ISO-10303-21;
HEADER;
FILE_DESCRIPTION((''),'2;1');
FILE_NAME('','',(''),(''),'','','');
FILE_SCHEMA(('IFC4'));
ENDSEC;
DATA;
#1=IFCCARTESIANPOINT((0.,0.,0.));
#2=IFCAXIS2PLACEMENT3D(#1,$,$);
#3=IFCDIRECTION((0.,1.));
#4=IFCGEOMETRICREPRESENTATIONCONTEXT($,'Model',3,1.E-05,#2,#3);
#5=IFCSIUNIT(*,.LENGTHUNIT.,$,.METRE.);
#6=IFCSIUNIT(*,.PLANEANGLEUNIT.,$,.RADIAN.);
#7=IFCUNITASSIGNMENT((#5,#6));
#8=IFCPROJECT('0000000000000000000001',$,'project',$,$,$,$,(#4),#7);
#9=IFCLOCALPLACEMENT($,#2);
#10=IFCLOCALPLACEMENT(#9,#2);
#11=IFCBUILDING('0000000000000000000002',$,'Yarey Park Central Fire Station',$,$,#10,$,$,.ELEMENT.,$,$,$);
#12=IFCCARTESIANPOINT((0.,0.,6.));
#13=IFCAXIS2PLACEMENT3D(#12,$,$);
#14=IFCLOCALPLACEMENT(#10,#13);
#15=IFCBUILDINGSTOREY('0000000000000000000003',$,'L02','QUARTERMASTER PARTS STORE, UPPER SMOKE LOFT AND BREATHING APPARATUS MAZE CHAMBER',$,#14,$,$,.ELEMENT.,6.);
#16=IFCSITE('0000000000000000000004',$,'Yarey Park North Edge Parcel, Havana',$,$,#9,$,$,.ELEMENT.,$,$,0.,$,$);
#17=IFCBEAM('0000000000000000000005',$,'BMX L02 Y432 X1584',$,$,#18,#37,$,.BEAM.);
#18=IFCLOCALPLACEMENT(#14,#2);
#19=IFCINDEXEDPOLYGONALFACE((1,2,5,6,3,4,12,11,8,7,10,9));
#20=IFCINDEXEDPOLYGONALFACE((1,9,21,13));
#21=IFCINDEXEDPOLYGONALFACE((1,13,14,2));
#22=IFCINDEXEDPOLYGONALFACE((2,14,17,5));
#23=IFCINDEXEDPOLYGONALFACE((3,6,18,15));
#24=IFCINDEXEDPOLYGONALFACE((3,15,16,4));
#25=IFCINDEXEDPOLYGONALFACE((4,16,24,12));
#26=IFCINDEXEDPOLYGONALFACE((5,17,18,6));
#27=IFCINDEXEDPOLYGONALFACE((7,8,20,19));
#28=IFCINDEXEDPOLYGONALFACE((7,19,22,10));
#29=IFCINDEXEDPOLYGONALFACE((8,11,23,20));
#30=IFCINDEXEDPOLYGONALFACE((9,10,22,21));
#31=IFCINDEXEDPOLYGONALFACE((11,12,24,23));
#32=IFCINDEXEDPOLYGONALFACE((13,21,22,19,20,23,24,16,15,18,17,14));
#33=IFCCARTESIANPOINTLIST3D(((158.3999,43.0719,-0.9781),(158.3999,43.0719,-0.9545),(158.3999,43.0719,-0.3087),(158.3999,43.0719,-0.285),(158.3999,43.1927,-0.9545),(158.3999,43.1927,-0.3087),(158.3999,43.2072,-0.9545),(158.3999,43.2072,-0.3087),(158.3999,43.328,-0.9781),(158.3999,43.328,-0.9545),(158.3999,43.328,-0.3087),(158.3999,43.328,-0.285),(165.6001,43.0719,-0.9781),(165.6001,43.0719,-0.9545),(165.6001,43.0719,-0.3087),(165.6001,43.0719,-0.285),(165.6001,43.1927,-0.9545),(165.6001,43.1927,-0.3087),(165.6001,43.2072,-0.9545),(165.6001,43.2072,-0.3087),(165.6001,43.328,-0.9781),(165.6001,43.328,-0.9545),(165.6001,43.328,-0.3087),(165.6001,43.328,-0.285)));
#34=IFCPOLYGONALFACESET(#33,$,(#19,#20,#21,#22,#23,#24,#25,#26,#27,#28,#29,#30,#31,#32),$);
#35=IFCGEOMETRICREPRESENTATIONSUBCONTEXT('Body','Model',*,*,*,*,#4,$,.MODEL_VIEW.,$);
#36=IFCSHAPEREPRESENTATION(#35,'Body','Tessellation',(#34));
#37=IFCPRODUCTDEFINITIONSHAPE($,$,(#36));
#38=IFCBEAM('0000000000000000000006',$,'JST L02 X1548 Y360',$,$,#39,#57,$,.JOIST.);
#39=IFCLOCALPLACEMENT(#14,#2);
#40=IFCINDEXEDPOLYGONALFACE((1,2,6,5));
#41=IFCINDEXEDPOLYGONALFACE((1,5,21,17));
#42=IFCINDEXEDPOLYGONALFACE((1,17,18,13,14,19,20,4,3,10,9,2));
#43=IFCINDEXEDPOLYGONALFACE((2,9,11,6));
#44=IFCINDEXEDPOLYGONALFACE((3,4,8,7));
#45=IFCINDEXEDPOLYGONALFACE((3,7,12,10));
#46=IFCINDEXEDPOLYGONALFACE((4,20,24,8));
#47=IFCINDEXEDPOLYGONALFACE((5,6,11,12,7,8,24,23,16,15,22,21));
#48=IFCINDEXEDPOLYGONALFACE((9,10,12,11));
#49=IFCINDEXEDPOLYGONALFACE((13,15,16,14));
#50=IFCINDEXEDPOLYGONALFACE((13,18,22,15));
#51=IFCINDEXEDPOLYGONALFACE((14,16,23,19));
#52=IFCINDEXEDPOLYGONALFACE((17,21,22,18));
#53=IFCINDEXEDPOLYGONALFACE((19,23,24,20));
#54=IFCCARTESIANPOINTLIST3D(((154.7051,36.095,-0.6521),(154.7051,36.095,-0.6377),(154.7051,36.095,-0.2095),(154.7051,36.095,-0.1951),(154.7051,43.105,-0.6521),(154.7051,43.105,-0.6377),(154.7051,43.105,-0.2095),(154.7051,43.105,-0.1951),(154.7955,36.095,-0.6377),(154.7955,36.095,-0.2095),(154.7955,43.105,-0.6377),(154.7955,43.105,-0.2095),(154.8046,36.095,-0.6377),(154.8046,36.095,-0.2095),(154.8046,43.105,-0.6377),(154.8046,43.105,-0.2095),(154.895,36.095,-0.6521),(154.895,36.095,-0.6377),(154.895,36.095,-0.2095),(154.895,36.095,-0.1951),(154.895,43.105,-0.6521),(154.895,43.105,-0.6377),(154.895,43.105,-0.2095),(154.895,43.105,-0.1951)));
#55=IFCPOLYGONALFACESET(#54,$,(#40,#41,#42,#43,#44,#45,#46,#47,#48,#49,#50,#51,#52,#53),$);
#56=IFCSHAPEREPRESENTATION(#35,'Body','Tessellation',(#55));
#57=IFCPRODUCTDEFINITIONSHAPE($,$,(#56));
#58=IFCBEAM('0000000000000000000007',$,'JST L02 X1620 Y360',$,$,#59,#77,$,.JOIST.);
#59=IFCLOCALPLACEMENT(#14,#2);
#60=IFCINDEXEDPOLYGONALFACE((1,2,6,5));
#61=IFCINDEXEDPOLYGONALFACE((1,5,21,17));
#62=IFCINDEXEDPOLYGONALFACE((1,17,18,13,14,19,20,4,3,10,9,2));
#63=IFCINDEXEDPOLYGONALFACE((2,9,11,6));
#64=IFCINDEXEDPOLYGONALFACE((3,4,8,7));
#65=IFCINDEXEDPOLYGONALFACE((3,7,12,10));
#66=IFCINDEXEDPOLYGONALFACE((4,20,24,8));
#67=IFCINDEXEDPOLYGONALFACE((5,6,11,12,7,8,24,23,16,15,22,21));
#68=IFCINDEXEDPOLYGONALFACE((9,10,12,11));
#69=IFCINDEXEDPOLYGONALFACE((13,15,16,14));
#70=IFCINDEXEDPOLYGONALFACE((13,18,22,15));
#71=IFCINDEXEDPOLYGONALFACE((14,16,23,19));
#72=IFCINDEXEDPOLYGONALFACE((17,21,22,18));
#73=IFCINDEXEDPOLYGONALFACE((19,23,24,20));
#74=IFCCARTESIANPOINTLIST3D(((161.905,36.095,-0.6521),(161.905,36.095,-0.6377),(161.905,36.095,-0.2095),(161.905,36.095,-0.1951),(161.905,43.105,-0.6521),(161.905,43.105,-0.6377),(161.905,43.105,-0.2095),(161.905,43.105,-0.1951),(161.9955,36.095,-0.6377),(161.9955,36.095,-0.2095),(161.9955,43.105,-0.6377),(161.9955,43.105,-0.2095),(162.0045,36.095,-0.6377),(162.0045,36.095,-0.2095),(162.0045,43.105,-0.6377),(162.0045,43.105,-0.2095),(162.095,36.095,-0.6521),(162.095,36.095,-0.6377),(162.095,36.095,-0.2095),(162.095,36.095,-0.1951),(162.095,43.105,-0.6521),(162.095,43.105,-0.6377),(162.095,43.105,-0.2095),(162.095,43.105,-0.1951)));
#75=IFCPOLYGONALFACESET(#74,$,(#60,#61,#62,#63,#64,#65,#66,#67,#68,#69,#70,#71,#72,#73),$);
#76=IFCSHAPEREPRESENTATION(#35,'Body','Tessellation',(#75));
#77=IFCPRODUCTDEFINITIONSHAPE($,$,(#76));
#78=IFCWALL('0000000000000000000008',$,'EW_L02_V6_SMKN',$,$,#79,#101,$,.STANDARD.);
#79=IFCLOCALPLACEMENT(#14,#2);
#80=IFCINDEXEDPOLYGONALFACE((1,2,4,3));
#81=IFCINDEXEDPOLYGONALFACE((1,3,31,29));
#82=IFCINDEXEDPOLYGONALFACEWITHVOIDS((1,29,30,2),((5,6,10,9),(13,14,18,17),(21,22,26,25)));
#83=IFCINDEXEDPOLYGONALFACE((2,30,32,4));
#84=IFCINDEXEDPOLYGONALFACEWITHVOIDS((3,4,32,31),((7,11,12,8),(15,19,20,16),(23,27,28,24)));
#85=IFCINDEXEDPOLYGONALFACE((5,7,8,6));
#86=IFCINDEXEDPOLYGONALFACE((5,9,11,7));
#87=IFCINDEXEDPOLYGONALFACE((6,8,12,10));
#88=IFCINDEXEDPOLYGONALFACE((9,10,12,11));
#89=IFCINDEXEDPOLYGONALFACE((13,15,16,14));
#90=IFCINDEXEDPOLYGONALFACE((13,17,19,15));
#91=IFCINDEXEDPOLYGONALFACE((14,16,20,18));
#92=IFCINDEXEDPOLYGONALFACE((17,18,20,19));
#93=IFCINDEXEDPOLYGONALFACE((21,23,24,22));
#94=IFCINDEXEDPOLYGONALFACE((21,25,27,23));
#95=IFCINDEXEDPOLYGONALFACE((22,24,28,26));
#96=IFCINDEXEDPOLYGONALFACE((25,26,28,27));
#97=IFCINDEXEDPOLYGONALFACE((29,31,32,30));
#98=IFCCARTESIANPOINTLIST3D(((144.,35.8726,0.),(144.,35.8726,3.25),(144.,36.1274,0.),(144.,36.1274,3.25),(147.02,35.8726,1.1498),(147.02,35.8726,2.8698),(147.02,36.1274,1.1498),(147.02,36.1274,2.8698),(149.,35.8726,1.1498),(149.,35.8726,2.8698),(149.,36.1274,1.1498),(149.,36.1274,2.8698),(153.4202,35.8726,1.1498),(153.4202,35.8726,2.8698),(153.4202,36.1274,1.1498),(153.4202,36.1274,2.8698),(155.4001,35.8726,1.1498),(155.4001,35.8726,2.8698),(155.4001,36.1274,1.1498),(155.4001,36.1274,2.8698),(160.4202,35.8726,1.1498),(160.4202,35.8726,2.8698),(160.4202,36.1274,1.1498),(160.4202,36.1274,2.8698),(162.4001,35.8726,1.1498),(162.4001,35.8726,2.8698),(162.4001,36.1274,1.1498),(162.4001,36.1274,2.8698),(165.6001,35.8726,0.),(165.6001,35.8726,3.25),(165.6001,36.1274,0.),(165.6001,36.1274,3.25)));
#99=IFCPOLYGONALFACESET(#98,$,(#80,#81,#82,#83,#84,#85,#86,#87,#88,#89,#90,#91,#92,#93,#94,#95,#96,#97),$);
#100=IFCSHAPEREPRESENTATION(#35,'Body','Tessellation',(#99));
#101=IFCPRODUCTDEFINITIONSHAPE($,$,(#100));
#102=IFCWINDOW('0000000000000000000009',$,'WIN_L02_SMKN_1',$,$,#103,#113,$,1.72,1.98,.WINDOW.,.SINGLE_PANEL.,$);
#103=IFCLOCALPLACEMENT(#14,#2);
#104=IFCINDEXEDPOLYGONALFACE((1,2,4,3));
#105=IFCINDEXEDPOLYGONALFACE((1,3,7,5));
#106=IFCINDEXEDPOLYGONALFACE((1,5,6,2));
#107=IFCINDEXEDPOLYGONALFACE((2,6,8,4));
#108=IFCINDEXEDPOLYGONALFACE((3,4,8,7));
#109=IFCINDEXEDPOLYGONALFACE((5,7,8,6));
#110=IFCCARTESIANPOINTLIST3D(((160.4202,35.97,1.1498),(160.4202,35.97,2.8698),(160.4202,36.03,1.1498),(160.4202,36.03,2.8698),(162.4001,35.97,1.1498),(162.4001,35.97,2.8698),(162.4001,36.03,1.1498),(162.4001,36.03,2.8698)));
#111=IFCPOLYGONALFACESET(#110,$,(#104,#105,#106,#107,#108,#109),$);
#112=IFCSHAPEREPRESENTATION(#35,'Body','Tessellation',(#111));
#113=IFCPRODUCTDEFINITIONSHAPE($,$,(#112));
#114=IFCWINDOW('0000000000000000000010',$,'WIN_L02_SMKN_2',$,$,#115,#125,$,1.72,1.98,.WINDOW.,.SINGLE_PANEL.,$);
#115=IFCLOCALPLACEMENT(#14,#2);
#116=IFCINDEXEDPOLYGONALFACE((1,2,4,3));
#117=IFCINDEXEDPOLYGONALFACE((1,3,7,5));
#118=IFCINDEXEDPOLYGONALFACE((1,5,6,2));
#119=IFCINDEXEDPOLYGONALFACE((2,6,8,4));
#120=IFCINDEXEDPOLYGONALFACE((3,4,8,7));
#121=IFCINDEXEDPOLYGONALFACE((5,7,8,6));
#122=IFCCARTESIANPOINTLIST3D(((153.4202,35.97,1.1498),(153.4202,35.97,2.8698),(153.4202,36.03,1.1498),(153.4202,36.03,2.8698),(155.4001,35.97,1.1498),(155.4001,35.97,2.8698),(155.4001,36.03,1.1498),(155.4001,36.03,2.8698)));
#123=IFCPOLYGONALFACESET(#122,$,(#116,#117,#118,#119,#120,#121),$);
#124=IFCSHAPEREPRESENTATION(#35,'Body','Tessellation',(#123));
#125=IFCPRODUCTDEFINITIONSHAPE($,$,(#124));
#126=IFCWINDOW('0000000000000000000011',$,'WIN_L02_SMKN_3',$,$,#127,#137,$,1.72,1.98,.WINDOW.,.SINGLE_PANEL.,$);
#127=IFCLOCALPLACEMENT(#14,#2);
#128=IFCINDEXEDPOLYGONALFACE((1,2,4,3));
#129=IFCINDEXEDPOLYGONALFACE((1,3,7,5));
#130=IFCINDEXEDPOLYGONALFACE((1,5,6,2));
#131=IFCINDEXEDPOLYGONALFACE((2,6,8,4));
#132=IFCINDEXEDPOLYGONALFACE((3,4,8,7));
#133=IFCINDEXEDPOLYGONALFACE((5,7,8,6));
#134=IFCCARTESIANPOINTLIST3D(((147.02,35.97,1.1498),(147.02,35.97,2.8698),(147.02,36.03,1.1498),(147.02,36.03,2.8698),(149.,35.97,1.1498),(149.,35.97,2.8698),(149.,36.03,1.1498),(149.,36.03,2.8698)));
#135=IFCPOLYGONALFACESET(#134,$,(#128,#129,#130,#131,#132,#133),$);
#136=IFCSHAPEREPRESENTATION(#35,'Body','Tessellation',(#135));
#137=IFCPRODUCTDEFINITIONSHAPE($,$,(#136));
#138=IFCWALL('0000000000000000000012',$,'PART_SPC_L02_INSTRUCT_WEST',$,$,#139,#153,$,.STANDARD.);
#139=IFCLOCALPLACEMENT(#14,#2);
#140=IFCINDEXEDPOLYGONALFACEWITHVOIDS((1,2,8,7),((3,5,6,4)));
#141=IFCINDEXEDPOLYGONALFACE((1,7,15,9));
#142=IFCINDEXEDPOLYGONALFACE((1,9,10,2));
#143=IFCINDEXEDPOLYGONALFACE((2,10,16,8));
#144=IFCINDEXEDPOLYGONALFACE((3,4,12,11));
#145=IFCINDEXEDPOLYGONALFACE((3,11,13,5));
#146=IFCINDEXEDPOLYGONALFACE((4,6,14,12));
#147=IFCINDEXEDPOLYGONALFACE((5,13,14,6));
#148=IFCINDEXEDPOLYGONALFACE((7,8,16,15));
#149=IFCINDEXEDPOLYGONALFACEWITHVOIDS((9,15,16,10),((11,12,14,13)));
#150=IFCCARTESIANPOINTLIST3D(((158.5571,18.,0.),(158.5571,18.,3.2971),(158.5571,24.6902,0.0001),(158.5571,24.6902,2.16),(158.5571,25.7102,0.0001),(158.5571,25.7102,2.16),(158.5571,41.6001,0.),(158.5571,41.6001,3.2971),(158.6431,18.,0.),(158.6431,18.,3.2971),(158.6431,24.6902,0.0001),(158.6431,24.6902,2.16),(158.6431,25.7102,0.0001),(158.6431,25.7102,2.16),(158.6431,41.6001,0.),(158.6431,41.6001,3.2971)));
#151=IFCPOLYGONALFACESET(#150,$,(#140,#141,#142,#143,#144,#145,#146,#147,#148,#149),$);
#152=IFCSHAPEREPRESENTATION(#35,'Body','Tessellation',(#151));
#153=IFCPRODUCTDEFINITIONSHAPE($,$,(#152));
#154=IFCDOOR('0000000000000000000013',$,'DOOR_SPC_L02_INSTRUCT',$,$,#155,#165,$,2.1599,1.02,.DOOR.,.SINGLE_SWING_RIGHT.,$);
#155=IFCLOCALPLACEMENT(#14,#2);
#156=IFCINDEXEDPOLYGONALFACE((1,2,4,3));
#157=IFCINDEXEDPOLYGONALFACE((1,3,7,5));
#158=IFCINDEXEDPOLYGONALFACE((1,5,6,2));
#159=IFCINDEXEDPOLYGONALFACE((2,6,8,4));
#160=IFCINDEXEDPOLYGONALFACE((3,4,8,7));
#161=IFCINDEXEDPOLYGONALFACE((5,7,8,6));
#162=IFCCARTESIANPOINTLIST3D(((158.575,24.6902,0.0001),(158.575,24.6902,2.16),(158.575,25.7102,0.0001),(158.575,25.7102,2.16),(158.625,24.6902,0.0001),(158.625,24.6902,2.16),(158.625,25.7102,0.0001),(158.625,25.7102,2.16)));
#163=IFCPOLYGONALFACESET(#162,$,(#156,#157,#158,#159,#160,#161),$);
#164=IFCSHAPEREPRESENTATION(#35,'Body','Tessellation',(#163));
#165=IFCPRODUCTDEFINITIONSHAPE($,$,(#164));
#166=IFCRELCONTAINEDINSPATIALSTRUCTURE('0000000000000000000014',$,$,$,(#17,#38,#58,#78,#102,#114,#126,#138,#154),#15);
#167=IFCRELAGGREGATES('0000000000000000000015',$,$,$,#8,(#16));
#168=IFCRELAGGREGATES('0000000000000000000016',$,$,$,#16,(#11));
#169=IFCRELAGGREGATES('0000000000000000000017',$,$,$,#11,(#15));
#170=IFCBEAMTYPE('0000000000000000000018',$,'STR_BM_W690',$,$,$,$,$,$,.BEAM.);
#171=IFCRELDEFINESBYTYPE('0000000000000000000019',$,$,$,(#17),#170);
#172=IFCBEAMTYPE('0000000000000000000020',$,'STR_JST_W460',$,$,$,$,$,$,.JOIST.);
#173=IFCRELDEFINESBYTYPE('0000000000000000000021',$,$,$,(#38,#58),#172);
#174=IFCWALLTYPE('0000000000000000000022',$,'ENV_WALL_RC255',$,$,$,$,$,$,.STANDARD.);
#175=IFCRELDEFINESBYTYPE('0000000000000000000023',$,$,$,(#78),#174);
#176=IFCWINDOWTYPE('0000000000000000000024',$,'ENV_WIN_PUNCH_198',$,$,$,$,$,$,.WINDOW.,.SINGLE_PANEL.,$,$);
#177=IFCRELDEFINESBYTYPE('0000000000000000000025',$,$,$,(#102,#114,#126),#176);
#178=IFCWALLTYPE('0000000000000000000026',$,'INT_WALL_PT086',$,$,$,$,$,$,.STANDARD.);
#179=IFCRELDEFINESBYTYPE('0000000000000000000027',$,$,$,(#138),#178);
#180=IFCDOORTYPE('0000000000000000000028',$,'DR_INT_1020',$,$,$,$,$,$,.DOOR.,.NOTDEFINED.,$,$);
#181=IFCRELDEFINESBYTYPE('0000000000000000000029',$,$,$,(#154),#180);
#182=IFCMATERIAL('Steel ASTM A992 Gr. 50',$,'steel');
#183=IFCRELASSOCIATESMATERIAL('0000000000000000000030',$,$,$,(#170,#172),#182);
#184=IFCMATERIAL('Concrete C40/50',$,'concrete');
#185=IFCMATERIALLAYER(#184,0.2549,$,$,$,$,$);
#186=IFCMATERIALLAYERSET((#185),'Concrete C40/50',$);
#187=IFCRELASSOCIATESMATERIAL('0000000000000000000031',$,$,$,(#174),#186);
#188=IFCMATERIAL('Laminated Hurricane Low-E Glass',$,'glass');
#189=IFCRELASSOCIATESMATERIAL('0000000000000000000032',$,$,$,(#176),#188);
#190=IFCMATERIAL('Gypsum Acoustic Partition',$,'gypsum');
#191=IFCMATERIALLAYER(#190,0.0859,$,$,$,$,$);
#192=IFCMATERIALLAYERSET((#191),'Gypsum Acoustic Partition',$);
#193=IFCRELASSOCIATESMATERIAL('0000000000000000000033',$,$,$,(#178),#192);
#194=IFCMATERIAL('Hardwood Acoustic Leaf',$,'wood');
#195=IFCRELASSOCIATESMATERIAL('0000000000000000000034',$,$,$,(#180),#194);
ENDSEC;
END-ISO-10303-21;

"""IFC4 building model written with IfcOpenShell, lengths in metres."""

from ifc_helpers import new_model, si_unit, direction, frame, frame_2d, origin, origin_2d, place, context, subcontext, project, spatial, rectangle, i_section, extrude, material, layer, layer_set, material_profile, profile_set, type_object, element, fill, save


model = new_model("IFC4")

# Units and contexts
model_context = context("Model", 3, precision=1e-05, world=origin(), true_north=direction((0.0, 1.0)))
body_context = subcontext(model_context, "Body", "Model", "MODEL_VIEW")
ifc_project = project(units=[si_unit("LENGTHUNIT", "METRE"), si_unit("PLANEANGLEUNIT", "RADIAN")], contexts=[model_context])

# Site, building, storey
site_placement = place(None, origin())
site = spatial("IfcSite", under=ifc_project, at=site_placement, Name="Yarey Park North Edge Parcel, Havana", CompositionType="ELEMENT", RefElevation=0.0)
building_placement = place(site_placement, origin())
building = spatial("IfcBuilding", under=site, at=building_placement, Name="Yarey Park Central Fire Station", CompositionType="ELEMENT")
storey_placement = place(building_placement, frame((0.0, 0.0, 6.0)))
storey = spatial("IfcBuildingStorey", under=building, at=storey_placement, Name="L02", Description="QUARTERMASTER PARTS STORE, UPPER SMOKE LOFT AND BREATHING APPARATUS MAZE CHAMBER", CompositionType="ELEMENT", Elevation=6.0)

# Shared definitions
ifc_material_1 = material(Name="Concrete C40/50", Category="concrete")
ifc_material_2 = material(Name="Steel ASTM A992 Gr. 50", Category="steel")

# Beams
ifc_material_profile_1 = material_profile(ifc_material_2, i_section(OverallWidth=0.2561, OverallDepth=0.6931, WebThickness=0.0144, FlangeThickness=0.0237, at=origin_2d()), Name="W690x170")
ifc_profile_set_1 = profile_set([ifc_material_profile_1], Name="Steel ASTM A992 Gr. 50")
beam_type_1 = type_object("IfcBeamType", Name="STR_BM_W690", PredefinedType="BEAM", material=ifc_profile_set_1)
beam_1_placement = place(storey_placement, frame((158.3999, 43.2, -0.6316), z_axis=(1.0, 0.0, 0.0), x_axis=(0.0, 1.0, 0.0)))
element("IfcBeam", 1, at=beam_1_placement, inside=storey, type_object=beam_type_1, Name="BMX L02 Y432 X1584", PredefinedType="BEAM", context=body_context, shape_type="SweptSolid", body=[
    extrude(i_section(OverallWidth=0.2561, OverallDepth=0.6931, WebThickness=0.0144, FlangeThickness=0.0237, at=origin_2d()), origin(), (0.0, 0.0, 1.0), 7.2002),
])
ifc_material_profile_2 = material_profile(ifc_material_2, i_section(OverallWidth=0.1899, OverallDepth=0.457, WebThickness=0.009, FlangeThickness=0.0144, at=origin_2d()), Name="W460x74")
ifc_profile_set_2 = profile_set([ifc_material_profile_2], Name="Steel ASTM A992 Gr. 50")
beam_type_2 = type_object("IfcBeamType", Name="STR_JST_W460", PredefinedType="JOIST", material=ifc_profile_set_2)
for number, where, z_axis, x_axis, name in (
    (2, (154.8, 36.095, -0.4236), (0.0, 1.0, 0.0), (-1.0, 0.0, 0.0), "JST L02 X1548 Y360"),
    (3, (162.0, 36.095, -0.4236), (0.0, 1.0, 0.0), (-1.0, 0.0, 0.0), "JST L02 X1620 Y360"),
):
    element("IfcBeam", number, at=place(storey_placement, frame(where, z_axis=z_axis, x_axis=x_axis)), inside=storey, type_object=beam_type_2, Name=name, PredefinedType="JOIST", context=body_context, shape_type="SweptSolid", body=[
        extrude(i_section(OverallWidth=0.1899, OverallDepth=0.457, WebThickness=0.009, FlangeThickness=0.0144, at=origin_2d()), origin(), (0.0, 0.0, 1.0), 7.01),
    ])

# Wall, openings, windows
ifc_layer_1 = layer(ifc_material_1, 0.2549)
ifc_layer_set_1 = layer_set([ifc_layer_1], Name="Concrete C40/50")
wall_type_1 = type_object("IfcWallType", Name="ENV_WALL_RC255", PredefinedType="STANDARD", material=ifc_layer_set_1)
wall_1_placement = place(storey_placement, frame((165.6001, 36.0, 0.0), z_axis=(0.0, 0.0, 1.0), x_axis=(-1.0, 0.0, 0.0)))
wall_1 = element("IfcWall", 4, at=wall_1_placement, inside=storey, type_object=wall_type_1, Name="EW_L02_V6_SMKN", PredefinedType="STANDARD", context=body_context, shape_type="SweptSolid", body=[
    extrude(rectangle(XDim=21.6001, YDim=0.2549, at=frame_2d((10.8, 0.0))), origin(), (0.0, 0.0, 1.0), 3.25),
])
opening_1_placement = place(wall_1_placement, frame((3.2, 0.0, 1.1499)))
opening_1 = element("IfcOpeningElement", 5, at=opening_1_placement, cuts=wall_1, PredefinedType="OPENING", context=body_context, shape_type="SweptSolid", body=[
    extrude(rectangle(XDim=1.98, YDim=1.72, at=frame_2d((0.99, 0.8599))), frame((0.0, 0.1375, 0.0), z_axis=(0.0, -1.0, 0.0), x_axis=(1.0, 0.0, 0.0)), (0.0, 0.0, 1.0), 0.2749),
])
opening_2_placement = place(wall_1_placement, frame((10.2, 0.0, 1.1499)))
opening_2 = element("IfcOpeningElement", 6, at=opening_2_placement, cuts=wall_1, PredefinedType="OPENING", context=body_context, shape_type="SweptSolid", body=[
    extrude(rectangle(XDim=1.98, YDim=1.72, at=frame_2d((0.99, 0.8599))), frame((0.0, 0.1375, 0.0), z_axis=(0.0, -1.0, 0.0), x_axis=(1.0, 0.0, 0.0)), (0.0, 0.0, 1.0), 0.2749),
])
opening_3_placement = place(wall_1_placement, frame((16.6001, 0.0, 1.1499)))
opening_3 = element("IfcOpeningElement", 7, at=opening_3_placement, cuts=wall_1, PredefinedType="OPENING", context=body_context, shape_type="SweptSolid", body=[
    extrude(rectangle(XDim=1.98, YDim=1.72, at=frame_2d((0.99, 0.8599))), frame((0.0, 0.1375, 0.0), z_axis=(0.0, -1.0, 0.0), x_axis=(1.0, 0.0, 0.0)), (0.0, 0.0, 1.0), 0.2749),
])
ifc_material_3 = material(Name="Laminated Hurricane Low-E Glass", Category="glass")
window_type = type_object("IfcWindowType", Name="ENV_WIN_PUNCH_198", PartitioningType="SINGLE_PANEL", PredefinedType="WINDOW", material=ifc_material_3)
window_1_placement = place(opening_1_placement, origin())
window_1 = element("IfcWindow", 8, at=window_1_placement, inside=storey, type_object=window_type, Name="WIN_L02_SMKN_1", OverallHeight=1.72, OverallWidth=1.98, PartitioningType="SINGLE_PANEL", PredefinedType="WINDOW", context=body_context, shape_type="SweptSolid", body=[
    extrude(rectangle(XDim=1.98, YDim=1.72, at=frame_2d((0.99, 0.8599))), frame((0.0, 0.03, 0.0), z_axis=(0.0, -1.0, 0.0), x_axis=(1.0, 0.0, 0.0)), (0.0, 0.0, 1.0), 0.0601),
])
fill(opening_1, window_1)
window_2_placement = place(opening_2_placement, origin())
window_2 = element("IfcWindow", 9, at=window_2_placement, inside=storey, type_object=window_type, Name="WIN_L02_SMKN_2", OverallHeight=1.72, OverallWidth=1.98, PartitioningType="SINGLE_PANEL", PredefinedType="WINDOW", context=body_context, shape_type="SweptSolid", body=[
    extrude(rectangle(XDim=1.98, YDim=1.72, at=frame_2d((0.99, 0.8599))), frame((0.0, 0.03, 0.0), z_axis=(0.0, -1.0, 0.0), x_axis=(1.0, 0.0, 0.0)), (0.0, 0.0, 1.0), 0.0601),
])
fill(opening_2, window_2)
window_3_placement = place(opening_3_placement, origin())
window_3 = element("IfcWindow", 10, at=window_3_placement, inside=storey, type_object=window_type, Name="WIN_L02_SMKN_3", OverallHeight=1.72, OverallWidth=1.98, PartitioningType="SINGLE_PANEL", PredefinedType="WINDOW", context=body_context, shape_type="SweptSolid", body=[
    extrude(rectangle(XDim=1.98, YDim=1.72, at=frame_2d((0.99, 0.8599))), frame((0.0, 0.03, 0.0), z_axis=(0.0, -1.0, 0.0), x_axis=(1.0, 0.0, 0.0)), (0.0, 0.0, 1.0), 0.0601),
])
fill(opening_3, window_3)

# Wall, opening, door
ifc_material_4 = material(Name="Gypsum Acoustic Partition", Category="gypsum")
ifc_layer_2 = layer(ifc_material_4, 0.0859)
ifc_layer_set_2 = layer_set([ifc_layer_2], Name="Gypsum Acoustic Partition")
wall_type_2 = type_object("IfcWallType", Name="INT_WALL_PT086", PredefinedType="STANDARD", material=ifc_layer_set_2)
wall_2_placement = place(storey_placement, frame((158.6001, 41.6001, 0.0), z_axis=(0.0, 0.0, 1.0), x_axis=(0.0, -1.0, 0.0)))
wall_2 = element("IfcWall", 11, at=wall_2_placement, inside=storey, type_object=wall_type_2, Name="PART_SPC_L02_INSTRUCT_WEST", PredefinedType="STANDARD", context=body_context, shape_type="SweptSolid", body=[
    extrude(rectangle(XDim=23.6001, YDim=0.0859, at=frame_2d((11.8, 0.0))), origin(), (0.0, 0.0, 1.0), 3.2971),
])
opening_4_placement = place(wall_2_placement, frame((15.8899, 0.0, 0.0)))
opening_4 = element("IfcOpeningElement", 12, at=opening_4_placement, cuts=wall_2, PredefinedType="OPENING", context=body_context, shape_type="SweptSolid", body=[
    extrude(rectangle(XDim=1.02, YDim=2.1599, at=frame_2d((0.51, 1.0801))), frame((0.0, 0.053, 0.0), z_axis=(0.0, -1.0, 0.0), x_axis=(1.0, 0.0, 0.0)), (0.0, 0.0, 1.0), 0.106),
])
ifc_material_5 = material(Name="Hardwood Acoustic Leaf", Category="wood")
door_type = type_object("IfcDoorType", Name="DR_INT_1020", OperationType="NOTDEFINED", PredefinedType="DOOR", material=ifc_material_5)
door_placement = place(opening_4_placement, origin())
door = element("IfcDoor", 13, at=door_placement, inside=storey, type_object=door_type, Name="DOOR_SPC_L02_INSTRUCT", OperationType="SINGLE_SWING_RIGHT", OverallHeight=2.1599, OverallWidth=1.02, PredefinedType="DOOR", context=body_context, shape_type="SweptSolid", body=[
    extrude(rectangle(XDim=1.02, YDim=2.1599, at=frame_2d((0.51, 1.0801))), frame((0.0, 0.0249, 0.0), z_axis=(0.0, -1.0, 0.0), x_axis=(1.0, 0.0, 0.0)), (0.0, 0.0, 1.0), 0.05),
])
fill(opening_4, door)

save(model, "model.ifc")
